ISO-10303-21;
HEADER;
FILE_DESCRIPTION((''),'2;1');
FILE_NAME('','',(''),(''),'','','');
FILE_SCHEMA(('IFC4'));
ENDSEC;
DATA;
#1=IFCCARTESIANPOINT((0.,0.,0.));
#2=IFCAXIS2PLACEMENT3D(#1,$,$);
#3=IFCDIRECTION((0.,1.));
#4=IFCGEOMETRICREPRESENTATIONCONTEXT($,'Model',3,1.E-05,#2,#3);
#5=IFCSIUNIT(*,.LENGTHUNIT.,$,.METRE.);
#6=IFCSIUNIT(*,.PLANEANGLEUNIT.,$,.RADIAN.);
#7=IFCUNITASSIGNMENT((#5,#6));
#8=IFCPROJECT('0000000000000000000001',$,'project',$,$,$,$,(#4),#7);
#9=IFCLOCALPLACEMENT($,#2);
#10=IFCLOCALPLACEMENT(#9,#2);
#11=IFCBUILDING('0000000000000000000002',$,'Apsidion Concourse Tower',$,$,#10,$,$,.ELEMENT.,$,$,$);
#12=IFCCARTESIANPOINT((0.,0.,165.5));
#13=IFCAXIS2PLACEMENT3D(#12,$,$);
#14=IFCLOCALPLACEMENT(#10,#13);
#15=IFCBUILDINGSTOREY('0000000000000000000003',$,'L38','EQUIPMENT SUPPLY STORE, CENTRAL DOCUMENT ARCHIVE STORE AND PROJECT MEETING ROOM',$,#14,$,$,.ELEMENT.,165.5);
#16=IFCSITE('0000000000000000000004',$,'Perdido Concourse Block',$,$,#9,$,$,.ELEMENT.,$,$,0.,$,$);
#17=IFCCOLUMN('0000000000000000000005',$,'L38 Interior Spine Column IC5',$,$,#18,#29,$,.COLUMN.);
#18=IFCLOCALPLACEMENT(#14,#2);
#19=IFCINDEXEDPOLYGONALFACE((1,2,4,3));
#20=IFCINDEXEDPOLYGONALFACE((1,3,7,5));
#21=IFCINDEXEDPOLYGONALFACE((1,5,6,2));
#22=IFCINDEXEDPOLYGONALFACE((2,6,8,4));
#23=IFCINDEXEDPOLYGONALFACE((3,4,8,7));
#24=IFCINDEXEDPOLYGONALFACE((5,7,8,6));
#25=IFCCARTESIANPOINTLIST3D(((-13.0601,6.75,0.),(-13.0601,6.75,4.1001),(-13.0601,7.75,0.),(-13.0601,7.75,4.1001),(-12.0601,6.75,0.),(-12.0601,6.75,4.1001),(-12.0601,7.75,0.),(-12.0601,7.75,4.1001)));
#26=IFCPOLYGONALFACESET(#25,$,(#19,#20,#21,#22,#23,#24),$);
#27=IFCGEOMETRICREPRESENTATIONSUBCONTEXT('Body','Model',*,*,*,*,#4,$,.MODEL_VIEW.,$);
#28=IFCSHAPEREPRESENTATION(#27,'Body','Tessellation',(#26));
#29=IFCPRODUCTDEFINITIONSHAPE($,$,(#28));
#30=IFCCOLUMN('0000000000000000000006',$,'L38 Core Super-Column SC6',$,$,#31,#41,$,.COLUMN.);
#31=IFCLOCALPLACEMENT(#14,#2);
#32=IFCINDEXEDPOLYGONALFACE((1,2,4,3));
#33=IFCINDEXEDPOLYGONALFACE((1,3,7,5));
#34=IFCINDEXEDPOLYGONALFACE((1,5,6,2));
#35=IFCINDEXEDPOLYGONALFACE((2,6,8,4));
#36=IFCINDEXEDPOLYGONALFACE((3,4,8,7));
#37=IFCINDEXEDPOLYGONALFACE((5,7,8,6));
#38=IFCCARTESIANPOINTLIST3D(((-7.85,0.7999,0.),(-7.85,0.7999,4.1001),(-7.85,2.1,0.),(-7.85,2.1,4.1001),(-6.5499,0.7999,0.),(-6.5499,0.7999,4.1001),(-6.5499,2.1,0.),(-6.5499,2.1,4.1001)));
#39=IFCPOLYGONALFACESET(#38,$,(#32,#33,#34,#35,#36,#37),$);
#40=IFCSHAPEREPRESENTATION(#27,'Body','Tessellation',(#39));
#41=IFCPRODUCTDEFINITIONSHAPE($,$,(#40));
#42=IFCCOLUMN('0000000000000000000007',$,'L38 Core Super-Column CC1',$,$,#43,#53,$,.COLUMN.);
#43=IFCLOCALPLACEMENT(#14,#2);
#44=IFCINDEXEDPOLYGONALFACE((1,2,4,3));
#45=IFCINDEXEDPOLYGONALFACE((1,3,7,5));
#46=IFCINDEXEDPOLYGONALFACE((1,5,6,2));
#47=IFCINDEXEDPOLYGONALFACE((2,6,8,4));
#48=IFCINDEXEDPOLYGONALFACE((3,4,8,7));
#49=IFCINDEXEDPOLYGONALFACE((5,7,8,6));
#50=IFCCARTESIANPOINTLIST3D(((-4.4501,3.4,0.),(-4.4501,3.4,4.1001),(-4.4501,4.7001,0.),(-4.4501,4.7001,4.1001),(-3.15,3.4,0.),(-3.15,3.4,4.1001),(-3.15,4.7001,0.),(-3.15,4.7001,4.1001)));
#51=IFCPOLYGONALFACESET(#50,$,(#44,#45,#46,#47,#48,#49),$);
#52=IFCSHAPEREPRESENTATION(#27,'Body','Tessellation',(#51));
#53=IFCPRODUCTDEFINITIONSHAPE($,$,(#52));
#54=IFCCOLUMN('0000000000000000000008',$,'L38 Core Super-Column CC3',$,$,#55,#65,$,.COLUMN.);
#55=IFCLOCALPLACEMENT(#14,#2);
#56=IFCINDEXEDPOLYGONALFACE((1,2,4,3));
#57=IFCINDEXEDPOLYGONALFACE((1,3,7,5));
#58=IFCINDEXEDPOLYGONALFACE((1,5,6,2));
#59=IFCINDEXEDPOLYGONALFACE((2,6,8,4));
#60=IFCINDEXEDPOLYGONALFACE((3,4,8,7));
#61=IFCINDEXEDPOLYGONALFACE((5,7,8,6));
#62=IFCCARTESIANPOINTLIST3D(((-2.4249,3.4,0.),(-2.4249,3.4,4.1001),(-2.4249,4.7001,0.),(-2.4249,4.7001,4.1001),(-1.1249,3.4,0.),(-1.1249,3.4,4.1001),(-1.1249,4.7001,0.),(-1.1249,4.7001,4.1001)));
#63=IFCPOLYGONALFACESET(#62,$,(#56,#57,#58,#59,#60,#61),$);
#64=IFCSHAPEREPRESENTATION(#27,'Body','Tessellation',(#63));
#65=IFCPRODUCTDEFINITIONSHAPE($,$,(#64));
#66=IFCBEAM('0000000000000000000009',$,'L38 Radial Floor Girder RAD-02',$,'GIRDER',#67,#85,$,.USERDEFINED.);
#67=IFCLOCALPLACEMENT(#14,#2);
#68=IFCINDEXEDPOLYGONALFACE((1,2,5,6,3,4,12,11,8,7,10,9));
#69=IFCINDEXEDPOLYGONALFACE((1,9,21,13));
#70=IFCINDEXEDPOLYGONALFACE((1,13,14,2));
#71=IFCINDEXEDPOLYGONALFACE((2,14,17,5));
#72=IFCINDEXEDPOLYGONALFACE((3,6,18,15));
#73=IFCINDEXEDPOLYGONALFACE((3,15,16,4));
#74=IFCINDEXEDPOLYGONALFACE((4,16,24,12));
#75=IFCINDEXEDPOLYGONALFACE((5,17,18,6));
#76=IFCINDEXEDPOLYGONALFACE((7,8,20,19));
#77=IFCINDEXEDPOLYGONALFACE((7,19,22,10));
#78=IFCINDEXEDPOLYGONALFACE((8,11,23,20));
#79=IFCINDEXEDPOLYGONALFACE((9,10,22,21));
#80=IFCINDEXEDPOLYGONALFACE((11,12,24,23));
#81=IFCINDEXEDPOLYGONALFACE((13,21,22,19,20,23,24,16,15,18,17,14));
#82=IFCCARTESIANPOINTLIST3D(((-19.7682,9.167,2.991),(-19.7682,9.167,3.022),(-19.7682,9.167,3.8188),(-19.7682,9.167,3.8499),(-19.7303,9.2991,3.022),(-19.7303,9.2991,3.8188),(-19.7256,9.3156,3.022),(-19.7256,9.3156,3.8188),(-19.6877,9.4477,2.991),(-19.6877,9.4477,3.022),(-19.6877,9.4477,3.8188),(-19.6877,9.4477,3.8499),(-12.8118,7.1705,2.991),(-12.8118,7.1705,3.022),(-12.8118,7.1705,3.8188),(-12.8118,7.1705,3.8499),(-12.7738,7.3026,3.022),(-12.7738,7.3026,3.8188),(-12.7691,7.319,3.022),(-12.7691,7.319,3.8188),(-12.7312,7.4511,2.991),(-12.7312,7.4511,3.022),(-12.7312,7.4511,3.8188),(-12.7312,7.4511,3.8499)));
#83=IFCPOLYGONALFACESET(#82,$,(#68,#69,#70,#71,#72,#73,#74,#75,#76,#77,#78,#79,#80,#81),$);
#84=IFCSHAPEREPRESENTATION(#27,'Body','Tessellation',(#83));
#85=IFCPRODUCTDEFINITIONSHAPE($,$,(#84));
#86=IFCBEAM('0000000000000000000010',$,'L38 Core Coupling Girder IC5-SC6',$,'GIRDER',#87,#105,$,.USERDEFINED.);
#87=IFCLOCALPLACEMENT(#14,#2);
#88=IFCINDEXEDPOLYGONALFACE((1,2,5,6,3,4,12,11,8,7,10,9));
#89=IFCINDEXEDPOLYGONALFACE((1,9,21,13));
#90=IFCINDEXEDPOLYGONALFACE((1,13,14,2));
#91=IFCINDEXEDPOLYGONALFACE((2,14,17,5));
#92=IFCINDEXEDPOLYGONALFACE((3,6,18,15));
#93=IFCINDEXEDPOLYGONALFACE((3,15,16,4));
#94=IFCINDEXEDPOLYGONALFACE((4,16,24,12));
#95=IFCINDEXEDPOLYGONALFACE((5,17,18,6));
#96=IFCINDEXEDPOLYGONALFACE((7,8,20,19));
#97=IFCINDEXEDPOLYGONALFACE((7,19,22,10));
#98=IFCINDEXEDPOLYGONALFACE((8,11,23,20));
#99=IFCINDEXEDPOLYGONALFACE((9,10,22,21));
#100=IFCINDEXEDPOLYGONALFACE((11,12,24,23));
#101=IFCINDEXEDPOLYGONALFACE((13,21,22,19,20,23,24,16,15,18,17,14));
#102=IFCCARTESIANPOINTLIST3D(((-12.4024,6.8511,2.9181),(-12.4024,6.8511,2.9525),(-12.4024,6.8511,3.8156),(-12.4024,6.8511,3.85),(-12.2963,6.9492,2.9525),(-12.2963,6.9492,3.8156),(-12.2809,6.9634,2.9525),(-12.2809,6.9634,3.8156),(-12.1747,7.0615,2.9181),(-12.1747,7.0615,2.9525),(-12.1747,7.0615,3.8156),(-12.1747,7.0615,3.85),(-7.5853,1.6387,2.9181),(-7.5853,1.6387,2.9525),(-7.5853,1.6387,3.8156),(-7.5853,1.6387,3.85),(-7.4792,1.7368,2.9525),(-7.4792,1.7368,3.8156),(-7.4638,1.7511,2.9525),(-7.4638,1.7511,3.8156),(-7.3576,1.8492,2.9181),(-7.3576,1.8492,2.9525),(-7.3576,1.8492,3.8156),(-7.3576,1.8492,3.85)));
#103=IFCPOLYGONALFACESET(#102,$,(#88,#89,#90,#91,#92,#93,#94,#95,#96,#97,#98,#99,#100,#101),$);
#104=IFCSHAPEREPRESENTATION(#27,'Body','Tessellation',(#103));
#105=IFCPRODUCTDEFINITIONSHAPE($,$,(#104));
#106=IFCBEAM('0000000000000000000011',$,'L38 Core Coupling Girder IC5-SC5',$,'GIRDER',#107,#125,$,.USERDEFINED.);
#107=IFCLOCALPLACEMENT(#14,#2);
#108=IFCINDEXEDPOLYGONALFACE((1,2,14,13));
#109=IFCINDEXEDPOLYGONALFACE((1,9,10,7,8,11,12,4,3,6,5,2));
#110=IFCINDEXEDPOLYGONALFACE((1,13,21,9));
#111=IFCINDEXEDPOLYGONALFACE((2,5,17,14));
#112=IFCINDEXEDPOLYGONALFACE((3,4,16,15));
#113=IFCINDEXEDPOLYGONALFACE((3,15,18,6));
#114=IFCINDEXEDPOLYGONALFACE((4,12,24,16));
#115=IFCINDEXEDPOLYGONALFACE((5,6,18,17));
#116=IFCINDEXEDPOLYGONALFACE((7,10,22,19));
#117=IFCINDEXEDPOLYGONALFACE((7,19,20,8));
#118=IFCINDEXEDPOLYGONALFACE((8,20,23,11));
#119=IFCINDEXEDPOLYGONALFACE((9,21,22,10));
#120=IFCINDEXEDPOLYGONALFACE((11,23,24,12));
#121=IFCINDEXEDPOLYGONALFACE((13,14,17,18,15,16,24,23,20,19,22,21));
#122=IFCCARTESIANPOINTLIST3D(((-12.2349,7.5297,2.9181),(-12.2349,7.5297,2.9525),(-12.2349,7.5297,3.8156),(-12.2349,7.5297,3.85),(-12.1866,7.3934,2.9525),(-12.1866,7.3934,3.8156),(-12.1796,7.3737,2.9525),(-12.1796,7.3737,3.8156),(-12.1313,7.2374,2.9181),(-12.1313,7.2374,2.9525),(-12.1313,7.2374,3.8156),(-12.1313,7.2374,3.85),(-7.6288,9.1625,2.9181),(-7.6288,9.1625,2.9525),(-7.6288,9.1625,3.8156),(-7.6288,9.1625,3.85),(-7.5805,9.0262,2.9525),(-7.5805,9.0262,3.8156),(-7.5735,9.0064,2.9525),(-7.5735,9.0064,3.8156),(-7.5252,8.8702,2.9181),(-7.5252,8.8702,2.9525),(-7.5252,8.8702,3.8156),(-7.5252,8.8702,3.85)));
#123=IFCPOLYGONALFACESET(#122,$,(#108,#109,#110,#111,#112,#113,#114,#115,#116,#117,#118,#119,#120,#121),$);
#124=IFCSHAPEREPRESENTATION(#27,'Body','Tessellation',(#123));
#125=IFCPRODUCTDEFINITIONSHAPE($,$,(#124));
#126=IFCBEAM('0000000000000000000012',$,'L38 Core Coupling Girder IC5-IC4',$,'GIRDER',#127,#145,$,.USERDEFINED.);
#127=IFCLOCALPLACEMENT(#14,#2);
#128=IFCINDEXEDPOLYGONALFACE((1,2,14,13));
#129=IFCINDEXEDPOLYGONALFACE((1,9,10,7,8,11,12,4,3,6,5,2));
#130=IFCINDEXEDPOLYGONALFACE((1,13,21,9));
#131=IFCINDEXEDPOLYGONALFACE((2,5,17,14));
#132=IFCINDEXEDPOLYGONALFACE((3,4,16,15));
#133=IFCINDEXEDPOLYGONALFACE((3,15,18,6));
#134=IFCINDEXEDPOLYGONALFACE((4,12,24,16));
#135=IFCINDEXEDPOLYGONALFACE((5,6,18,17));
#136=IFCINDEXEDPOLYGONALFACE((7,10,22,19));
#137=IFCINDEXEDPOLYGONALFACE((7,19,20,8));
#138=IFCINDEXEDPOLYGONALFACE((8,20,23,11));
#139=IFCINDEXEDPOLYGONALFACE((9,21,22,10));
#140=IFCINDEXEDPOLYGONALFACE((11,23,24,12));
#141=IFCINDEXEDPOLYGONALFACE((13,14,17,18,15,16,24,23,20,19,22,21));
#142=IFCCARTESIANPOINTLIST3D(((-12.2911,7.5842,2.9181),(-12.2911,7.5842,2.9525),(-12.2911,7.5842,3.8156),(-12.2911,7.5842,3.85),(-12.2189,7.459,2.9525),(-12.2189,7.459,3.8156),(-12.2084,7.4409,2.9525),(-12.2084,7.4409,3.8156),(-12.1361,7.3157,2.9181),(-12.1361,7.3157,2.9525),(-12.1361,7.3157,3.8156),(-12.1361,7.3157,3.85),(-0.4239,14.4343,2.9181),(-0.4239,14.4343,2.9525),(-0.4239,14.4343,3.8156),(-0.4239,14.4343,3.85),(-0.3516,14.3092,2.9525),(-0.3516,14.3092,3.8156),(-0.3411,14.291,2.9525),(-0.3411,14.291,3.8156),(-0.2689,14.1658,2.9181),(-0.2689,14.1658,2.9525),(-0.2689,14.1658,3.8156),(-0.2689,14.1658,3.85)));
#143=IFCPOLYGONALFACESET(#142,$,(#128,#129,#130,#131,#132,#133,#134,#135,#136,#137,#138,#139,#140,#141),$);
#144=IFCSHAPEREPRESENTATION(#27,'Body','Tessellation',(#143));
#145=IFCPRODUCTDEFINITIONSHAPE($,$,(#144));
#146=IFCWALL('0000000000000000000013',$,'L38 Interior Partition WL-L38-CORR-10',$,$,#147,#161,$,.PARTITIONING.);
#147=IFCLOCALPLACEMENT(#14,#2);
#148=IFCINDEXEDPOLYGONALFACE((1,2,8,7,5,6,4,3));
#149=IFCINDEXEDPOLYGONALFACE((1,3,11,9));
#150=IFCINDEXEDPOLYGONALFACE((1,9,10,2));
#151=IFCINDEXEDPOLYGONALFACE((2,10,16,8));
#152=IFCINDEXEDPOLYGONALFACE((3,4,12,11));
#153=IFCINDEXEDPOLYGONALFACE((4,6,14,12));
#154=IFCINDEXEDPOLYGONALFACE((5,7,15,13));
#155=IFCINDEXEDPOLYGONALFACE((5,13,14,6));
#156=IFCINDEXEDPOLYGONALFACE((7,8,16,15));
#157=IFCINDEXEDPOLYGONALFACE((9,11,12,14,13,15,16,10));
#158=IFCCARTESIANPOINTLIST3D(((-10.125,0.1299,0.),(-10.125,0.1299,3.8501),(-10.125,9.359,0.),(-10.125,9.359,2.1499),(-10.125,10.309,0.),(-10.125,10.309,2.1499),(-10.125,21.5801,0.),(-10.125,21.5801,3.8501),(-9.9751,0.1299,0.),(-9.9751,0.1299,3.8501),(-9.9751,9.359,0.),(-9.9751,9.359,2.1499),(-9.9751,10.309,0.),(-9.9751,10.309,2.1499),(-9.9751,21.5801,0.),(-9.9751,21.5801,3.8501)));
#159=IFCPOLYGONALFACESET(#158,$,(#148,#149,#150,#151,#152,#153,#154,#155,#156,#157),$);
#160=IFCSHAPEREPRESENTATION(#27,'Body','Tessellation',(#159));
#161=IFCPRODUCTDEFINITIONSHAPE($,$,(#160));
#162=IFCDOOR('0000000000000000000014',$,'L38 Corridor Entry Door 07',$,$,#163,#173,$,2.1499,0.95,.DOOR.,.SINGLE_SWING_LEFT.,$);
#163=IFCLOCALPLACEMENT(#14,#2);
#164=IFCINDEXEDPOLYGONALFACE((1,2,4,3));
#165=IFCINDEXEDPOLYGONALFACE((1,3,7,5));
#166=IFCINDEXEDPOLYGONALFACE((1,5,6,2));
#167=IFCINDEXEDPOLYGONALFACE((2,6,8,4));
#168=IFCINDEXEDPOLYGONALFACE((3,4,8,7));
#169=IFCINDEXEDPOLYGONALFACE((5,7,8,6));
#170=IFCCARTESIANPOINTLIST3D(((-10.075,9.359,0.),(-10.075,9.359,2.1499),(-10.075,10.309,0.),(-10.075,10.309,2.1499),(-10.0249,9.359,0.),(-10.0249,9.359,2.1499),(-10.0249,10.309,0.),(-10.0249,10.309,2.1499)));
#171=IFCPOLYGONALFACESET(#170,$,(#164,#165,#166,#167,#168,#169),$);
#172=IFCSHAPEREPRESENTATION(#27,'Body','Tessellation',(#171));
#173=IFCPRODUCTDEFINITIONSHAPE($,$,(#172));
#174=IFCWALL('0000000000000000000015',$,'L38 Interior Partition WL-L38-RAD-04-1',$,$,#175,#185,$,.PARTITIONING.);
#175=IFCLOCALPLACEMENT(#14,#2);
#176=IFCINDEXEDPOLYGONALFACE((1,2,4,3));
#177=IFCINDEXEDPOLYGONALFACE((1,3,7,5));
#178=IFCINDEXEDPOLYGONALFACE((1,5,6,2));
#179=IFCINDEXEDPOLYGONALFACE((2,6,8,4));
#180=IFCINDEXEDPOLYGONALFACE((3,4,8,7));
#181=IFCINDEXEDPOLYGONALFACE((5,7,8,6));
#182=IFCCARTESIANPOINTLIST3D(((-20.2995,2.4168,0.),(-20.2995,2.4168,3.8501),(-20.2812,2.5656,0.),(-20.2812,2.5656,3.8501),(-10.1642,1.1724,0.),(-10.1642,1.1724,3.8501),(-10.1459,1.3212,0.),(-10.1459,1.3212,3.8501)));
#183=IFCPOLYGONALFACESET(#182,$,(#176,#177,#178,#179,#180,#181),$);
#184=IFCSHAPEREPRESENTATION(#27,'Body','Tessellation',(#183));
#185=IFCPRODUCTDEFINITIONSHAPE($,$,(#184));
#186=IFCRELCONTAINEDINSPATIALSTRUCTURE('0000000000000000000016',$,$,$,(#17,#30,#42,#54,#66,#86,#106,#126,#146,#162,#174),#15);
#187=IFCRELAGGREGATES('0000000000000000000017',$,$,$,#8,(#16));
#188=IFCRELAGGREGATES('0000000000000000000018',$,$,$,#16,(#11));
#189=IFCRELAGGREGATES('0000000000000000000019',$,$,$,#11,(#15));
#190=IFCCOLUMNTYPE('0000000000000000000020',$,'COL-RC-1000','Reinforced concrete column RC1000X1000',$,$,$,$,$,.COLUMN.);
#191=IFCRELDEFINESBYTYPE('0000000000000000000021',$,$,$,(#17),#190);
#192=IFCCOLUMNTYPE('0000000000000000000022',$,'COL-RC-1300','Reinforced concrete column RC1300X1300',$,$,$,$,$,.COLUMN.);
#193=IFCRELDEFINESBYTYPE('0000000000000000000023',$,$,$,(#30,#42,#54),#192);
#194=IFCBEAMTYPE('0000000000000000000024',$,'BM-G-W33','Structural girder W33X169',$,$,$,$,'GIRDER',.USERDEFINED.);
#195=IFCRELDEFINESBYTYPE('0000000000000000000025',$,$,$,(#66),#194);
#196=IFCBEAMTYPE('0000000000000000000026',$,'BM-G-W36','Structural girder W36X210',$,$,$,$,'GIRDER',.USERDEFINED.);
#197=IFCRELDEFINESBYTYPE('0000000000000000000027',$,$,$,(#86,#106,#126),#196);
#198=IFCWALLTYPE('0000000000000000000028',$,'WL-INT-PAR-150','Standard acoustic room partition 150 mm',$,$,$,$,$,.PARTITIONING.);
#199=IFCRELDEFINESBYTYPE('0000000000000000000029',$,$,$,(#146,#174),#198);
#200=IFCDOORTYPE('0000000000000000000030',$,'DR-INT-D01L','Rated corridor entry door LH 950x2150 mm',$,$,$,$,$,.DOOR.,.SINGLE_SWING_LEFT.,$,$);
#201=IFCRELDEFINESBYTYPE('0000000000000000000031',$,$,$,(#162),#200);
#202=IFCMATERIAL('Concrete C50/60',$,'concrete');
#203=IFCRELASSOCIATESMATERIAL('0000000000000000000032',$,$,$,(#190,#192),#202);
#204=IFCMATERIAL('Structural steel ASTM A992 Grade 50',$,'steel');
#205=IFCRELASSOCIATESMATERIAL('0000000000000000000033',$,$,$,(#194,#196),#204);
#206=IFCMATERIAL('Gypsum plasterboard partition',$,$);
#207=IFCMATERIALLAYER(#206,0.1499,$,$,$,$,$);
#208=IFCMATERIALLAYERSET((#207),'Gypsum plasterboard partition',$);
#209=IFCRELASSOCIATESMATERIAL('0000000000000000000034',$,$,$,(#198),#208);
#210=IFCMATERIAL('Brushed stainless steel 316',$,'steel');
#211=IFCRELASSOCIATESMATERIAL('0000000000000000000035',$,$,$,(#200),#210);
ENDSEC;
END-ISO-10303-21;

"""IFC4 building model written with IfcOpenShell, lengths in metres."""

from ifc_helpers import new_model, si_unit, direction, frame, frame_2d, origin, origin_2d, place, context, subcontext, project, spatial, rectangle, i_section, extrude, material, layer, layer_set, material_profile, profile_set, type_object, element, fill, save


model = new_model("IFC4")

# Units and contexts
model_context = context("Model", 3, precision=1e-05, world=origin(), true_north=direction((0.0, 1.0)))
body_context = subcontext(model_context, "Body", "Model", "MODEL_VIEW")
ifc_project = project(units=[si_unit("LENGTHUNIT", "METRE"), si_unit("PLANEANGLEUNIT", "RADIAN")], contexts=[model_context])

# Site, building, storey
site_placement = place(None, origin())
site = spatial("IfcSite", under=ifc_project, at=site_placement, Name="Perdido Concourse Block", CompositionType="ELEMENT", RefElevation=0.0)
building_placement = place(site_placement, origin())
building = spatial("IfcBuilding", under=site, at=building_placement, Name="Apsidion Concourse Tower", CompositionType="ELEMENT")
storey_placement = place(building_placement, frame((0.0, 0.0, 165.5)))
storey = spatial("IfcBuildingStorey", under=building, at=storey_placement, Name="L38", Description="EQUIPMENT SUPPLY STORE, CENTRAL DOCUMENT ARCHIVE STORE AND PROJECT MEETING ROOM", CompositionType="ELEMENT", Elevation=165.5)

# Columns
ifc_material_1 = material(Name="Concrete C50/60", Category="concrete")
ifc_material_profile_1 = material_profile(ifc_material_1, rectangle(XDim=1.0, YDim=1.0, at=origin_2d()), Name="RC 1000x1000")
ifc_profile_set_1 = profile_set([ifc_material_profile_1], Name="Concrete C50/60")
column_type_1 = type_object("IfcColumnType", Name="COL-RC-1000", Description="Reinforced concrete column RC1000X1000", PredefinedType="COLUMN", material=ifc_profile_set_1)
column_placement = place(storey_placement, frame((-12.5601, 7.25, 0.0), z_axis=(0.0, 0.0, 1.0), x_axis=(1.0, 0.0, 0.0)))
element("IfcColumn", 1, at=column_placement, inside=storey, type_object=column_type_1, Name="L38 Interior Spine Column IC5", PredefinedType="COLUMN", context=body_context, shape_type="SweptSolid", body=[
    extrude(rectangle(XDim=1.0, YDim=1.0, at=origin_2d()), origin(), (0.0, 0.0, 1.0), 4.1001),
])
ifc_material_profile_2 = material_profile(ifc_material_1, rectangle(XDim=1.3, YDim=1.3, at=origin_2d()), Name="RC 1300x1300")
ifc_profile_set_2 = profile_set([ifc_material_profile_2], Name="Concrete C50/60")
column_type_2 = type_object("IfcColumnType", Name="COL-RC-1300", Description="Reinforced concrete column RC1300X1300", PredefinedType="COLUMN", material=ifc_profile_set_2)
for number, where, z_axis, x_axis, name in (
    (2, (-7.2, 1.45, 0.0), (0.0, 0.0, 1.0), (1.0, 0.0, 0.0), "L38 Core Super-Column SC6"),
    (3, (-3.8, 4.05, 0.0), (0.0, 0.0, 1.0), (1.0, 0.0, 0.0), "L38 Core Super-Column CC1"),
    (4, (-1.7749, 4.05, 0.0), (0.0, 0.0, 1.0), (1.0, 0.0, 0.0), "L38 Core Super-Column CC3"),
):
    element("IfcColumn", number, at=place(storey_placement, frame(where, z_axis=z_axis, x_axis=x_axis)), inside=storey, type_object=column_type_2, Name=name, PredefinedType="COLUMN", context=body_context, shape_type="SweptSolid", body=[
        extrude(rectangle(XDim=1.3, YDim=1.3, at=origin_2d()), origin(), (0.0, 0.0, 1.0), 4.1001),
    ])

# Beams
ifc_material_2 = material(Name="Structural steel ASTM A992 Grade 50", Category="steel")
ifc_material_profile_3 = material_profile(ifc_material_2, i_section(OverallWidth=0.292, OverallDepth=0.8589, WebThickness=0.0171, FlangeThickness=0.031, at=origin_2d()), Name="W33X169")
ifc_profile_set_3 = profile_set([ifc_material_profile_3], Name="Structural steel ASTM A992 Grade 50")
beam_type_1 = type_object("IfcBeamType", Name="BM-G-W33", Description="Structural girder W33X169", ElementType="GIRDER", PredefinedType="USERDEFINED", material=ifc_profile_set_3)
beam_1_placement = place(storey_placement, frame((-12.7715, 7.3108, 3.4204), z_axis=(-0.961195, 0.27587, 0.0), x_axis=(-0.27587, -0.961195, 0.0)))
element("IfcBeam", 5, at=beam_1_placement, inside=storey, type_object=beam_type_1, Name="L38 Radial Floor Girder RAD-02", ObjectType="GIRDER", PredefinedType="USERDEFINED", context=body_context, shape_type="SweptSolid", body=[
    extrude(i_section(OverallWidth=0.292, OverallDepth=0.8589, WebThickness=0.0171, FlangeThickness=0.031, at=origin_2d()), origin(), (0.0, 0.0, 1.0), 7.2373),
])
ifc_material_profile_4 = material_profile(ifc_material_2, i_section(OverallWidth=0.3101, OverallDepth=0.9319, WebThickness=0.021, FlangeThickness=0.0344, at=origin_2d()), Name="W36X210")
ifc_profile_set_4 = profile_set([ifc_material_profile_4], Name="Structural steel ASTM A992 Grade 50")
beam_type_2 = type_object("IfcBeamType", Name="BM-G-W36", Description="Structural girder W36X210", ElementType="GIRDER", PredefinedType="USERDEFINED", material=ifc_profile_set_4)
beam_2_placement = place(storey_placement, frame((-12.2886, 6.9563, 3.384), z_axis=(0.678713, -0.734404, 0.0), x_axis=(0.734404, 0.678713, 0.0)))
element("IfcBeam", 6, at=beam_2_placement, inside=storey, type_object=beam_type_2, Name="L38 Core Coupling Girder IC5-SC6", ObjectType="GIRDER", PredefinedType="USERDEFINED", context=body_context, shape_type="SweptSolid", body=[
    extrude(i_section(OverallWidth=0.3101, OverallDepth=0.9319, WebThickness=0.021, FlangeThickness=0.0344, at=origin_2d()), origin(), (0.0, 0.0, 1.0), 7.0974),
])
beam_3_placement = place(storey_placement, frame((-12.1831, 7.3835, 3.384), z_axis=(0.942534, 0.334111, 0.0), x_axis=(-0.334111, 0.942534, 0.0)))
element("IfcBeam", 7, at=beam_3_placement, inside=storey, type_object=beam_type_2, Name="L38 Core Coupling Girder IC5-SC5", ObjectType="GIRDER", PredefinedType="USERDEFINED", context=body_context, shape_type="SweptSolid", body=[
    extrude(i_section(OverallWidth=0.3101, OverallDepth=0.9319, WebThickness=0.021, FlangeThickness=0.0344, at=origin_2d()), origin(), (0.0, 0.0, 1.0), 4.887),
])
beam_4_placement = place(storey_placement, frame((-12.2136, 7.45, 3.384), z_axis=(0.86607, 0.499922, 0.0), x_axis=(-0.499922, 0.86607, 0.0)))
element("IfcBeam", 8, at=beam_4_placement, inside=storey, type_object=beam_type_2, Name="L38 Core Coupling Girder IC5-IC4", ObjectType="GIRDER", PredefinedType="USERDEFINED", context=body_context, shape_type="SweptSolid", body=[
    extrude(i_section(OverallWidth=0.3101, OverallDepth=0.9319, WebThickness=0.021, FlangeThickness=0.0344, at=origin_2d()), origin(), (0.0, 0.0, 1.0), 13.7024),
])

# Wall, opening, door
ifc_material_3 = material(Name="Gypsum plasterboard partition")
ifc_layer_1 = layer(ifc_material_3, 0.1499)
ifc_layer_set_1 = layer_set([ifc_layer_1], Name="Gypsum plasterboard partition")
wall_type_1 = type_object("IfcWallType", Name="WL-INT-PAR-150", Description="Standard acoustic room partition 150 mm", PredefinedType="PARTITIONING", material=ifc_layer_set_1)
wall_1_placement = place(storey_placement, frame((-10.05, 0.1299, 0.0), z_axis=(0.0, 0.0, 1.0), x_axis=(0.0, 1.0, 0.0)))
wall_1 = element("IfcWall", 9, at=wall_1_placement, inside=storey, type_object=wall_type_1, Name="L38 Interior Partition WL-L38-CORR-10", PredefinedType="PARTITIONING", context=body_context, shape_type="SweptSolid", body=[
    extrude(rectangle(XDim=21.4502, YDim=0.1499, at=frame_2d((10.7251, 0.0))), origin(), (0.0, 0.0, 1.0), 3.8501),
])
opening_1_placement = place(wall_1_placement, frame((9.229, 0.0, 0.0)))
opening_1 = element("IfcOpeningElement", 10, at=opening_1_placement, cuts=wall_1, PredefinedType="OPENING", context=body_context, shape_type="SweptSolid", body=[
    extrude(rectangle(XDim=0.95, YDim=2.1499, at=frame_2d((0.4751, 1.075))), frame((0.0, 0.085, 0.0), z_axis=(0.0, -1.0, 0.0), x_axis=(1.0, 0.0, 0.0)), (0.0, 0.0, 1.0), 0.1699),
])
ifc_material_4 = material(Name="Brushed stainless steel 316", Category="steel")
door_type_1 = type_object("IfcDoorType", Name="DR-INT-D01L", Description="Rated corridor entry door LH 950x2150 mm", OperationType="SINGLE_SWING_LEFT", PredefinedType="DOOR", material=ifc_material_4)
door_1_placement = place(opening_1_placement, origin())
door_1 = element("IfcDoor", 11, at=door_1_placement, inside=storey, type_object=door_type_1, Name="L38 Corridor Entry Door 07", OperationType="SINGLE_SWING_LEFT", OverallHeight=2.1499, OverallWidth=0.95, PredefinedType="DOOR", context=body_context, shape_type="SweptSolid", body=[
    extrude(rectangle(XDim=0.95, YDim=2.1499, at=frame_2d((0.4751, 1.075))), frame((0.0, 0.0249, 0.0), z_axis=(0.0, -1.0, 0.0), x_axis=(1.0, 0.0, 0.0)), (0.0, 0.0, 1.0), 0.05),
])
fill(opening_1, door_1)

# Wall
wall_2_placement = place(storey_placement, frame((-10.155, 1.2468, 0.0), z_axis=(0.0, 0.0, 1.0), x_axis=(-0.992547, 0.121863, 0.0)))
element("IfcWall", 12, at=wall_2_placement, inside=storey, type_object=wall_type_1, Name="L38 Interior Partition WL-L38-RAD-04-1", PredefinedType="PARTITIONING", context=body_context, shape_type="SweptSolid", body=[
    extrude(rectangle(XDim=10.2114, YDim=0.1499, at=frame_2d((5.1057, 0.0))), origin(), (0.0, 0.0, 1.0), 3.8501),
])

save(model, "model.ifc")
